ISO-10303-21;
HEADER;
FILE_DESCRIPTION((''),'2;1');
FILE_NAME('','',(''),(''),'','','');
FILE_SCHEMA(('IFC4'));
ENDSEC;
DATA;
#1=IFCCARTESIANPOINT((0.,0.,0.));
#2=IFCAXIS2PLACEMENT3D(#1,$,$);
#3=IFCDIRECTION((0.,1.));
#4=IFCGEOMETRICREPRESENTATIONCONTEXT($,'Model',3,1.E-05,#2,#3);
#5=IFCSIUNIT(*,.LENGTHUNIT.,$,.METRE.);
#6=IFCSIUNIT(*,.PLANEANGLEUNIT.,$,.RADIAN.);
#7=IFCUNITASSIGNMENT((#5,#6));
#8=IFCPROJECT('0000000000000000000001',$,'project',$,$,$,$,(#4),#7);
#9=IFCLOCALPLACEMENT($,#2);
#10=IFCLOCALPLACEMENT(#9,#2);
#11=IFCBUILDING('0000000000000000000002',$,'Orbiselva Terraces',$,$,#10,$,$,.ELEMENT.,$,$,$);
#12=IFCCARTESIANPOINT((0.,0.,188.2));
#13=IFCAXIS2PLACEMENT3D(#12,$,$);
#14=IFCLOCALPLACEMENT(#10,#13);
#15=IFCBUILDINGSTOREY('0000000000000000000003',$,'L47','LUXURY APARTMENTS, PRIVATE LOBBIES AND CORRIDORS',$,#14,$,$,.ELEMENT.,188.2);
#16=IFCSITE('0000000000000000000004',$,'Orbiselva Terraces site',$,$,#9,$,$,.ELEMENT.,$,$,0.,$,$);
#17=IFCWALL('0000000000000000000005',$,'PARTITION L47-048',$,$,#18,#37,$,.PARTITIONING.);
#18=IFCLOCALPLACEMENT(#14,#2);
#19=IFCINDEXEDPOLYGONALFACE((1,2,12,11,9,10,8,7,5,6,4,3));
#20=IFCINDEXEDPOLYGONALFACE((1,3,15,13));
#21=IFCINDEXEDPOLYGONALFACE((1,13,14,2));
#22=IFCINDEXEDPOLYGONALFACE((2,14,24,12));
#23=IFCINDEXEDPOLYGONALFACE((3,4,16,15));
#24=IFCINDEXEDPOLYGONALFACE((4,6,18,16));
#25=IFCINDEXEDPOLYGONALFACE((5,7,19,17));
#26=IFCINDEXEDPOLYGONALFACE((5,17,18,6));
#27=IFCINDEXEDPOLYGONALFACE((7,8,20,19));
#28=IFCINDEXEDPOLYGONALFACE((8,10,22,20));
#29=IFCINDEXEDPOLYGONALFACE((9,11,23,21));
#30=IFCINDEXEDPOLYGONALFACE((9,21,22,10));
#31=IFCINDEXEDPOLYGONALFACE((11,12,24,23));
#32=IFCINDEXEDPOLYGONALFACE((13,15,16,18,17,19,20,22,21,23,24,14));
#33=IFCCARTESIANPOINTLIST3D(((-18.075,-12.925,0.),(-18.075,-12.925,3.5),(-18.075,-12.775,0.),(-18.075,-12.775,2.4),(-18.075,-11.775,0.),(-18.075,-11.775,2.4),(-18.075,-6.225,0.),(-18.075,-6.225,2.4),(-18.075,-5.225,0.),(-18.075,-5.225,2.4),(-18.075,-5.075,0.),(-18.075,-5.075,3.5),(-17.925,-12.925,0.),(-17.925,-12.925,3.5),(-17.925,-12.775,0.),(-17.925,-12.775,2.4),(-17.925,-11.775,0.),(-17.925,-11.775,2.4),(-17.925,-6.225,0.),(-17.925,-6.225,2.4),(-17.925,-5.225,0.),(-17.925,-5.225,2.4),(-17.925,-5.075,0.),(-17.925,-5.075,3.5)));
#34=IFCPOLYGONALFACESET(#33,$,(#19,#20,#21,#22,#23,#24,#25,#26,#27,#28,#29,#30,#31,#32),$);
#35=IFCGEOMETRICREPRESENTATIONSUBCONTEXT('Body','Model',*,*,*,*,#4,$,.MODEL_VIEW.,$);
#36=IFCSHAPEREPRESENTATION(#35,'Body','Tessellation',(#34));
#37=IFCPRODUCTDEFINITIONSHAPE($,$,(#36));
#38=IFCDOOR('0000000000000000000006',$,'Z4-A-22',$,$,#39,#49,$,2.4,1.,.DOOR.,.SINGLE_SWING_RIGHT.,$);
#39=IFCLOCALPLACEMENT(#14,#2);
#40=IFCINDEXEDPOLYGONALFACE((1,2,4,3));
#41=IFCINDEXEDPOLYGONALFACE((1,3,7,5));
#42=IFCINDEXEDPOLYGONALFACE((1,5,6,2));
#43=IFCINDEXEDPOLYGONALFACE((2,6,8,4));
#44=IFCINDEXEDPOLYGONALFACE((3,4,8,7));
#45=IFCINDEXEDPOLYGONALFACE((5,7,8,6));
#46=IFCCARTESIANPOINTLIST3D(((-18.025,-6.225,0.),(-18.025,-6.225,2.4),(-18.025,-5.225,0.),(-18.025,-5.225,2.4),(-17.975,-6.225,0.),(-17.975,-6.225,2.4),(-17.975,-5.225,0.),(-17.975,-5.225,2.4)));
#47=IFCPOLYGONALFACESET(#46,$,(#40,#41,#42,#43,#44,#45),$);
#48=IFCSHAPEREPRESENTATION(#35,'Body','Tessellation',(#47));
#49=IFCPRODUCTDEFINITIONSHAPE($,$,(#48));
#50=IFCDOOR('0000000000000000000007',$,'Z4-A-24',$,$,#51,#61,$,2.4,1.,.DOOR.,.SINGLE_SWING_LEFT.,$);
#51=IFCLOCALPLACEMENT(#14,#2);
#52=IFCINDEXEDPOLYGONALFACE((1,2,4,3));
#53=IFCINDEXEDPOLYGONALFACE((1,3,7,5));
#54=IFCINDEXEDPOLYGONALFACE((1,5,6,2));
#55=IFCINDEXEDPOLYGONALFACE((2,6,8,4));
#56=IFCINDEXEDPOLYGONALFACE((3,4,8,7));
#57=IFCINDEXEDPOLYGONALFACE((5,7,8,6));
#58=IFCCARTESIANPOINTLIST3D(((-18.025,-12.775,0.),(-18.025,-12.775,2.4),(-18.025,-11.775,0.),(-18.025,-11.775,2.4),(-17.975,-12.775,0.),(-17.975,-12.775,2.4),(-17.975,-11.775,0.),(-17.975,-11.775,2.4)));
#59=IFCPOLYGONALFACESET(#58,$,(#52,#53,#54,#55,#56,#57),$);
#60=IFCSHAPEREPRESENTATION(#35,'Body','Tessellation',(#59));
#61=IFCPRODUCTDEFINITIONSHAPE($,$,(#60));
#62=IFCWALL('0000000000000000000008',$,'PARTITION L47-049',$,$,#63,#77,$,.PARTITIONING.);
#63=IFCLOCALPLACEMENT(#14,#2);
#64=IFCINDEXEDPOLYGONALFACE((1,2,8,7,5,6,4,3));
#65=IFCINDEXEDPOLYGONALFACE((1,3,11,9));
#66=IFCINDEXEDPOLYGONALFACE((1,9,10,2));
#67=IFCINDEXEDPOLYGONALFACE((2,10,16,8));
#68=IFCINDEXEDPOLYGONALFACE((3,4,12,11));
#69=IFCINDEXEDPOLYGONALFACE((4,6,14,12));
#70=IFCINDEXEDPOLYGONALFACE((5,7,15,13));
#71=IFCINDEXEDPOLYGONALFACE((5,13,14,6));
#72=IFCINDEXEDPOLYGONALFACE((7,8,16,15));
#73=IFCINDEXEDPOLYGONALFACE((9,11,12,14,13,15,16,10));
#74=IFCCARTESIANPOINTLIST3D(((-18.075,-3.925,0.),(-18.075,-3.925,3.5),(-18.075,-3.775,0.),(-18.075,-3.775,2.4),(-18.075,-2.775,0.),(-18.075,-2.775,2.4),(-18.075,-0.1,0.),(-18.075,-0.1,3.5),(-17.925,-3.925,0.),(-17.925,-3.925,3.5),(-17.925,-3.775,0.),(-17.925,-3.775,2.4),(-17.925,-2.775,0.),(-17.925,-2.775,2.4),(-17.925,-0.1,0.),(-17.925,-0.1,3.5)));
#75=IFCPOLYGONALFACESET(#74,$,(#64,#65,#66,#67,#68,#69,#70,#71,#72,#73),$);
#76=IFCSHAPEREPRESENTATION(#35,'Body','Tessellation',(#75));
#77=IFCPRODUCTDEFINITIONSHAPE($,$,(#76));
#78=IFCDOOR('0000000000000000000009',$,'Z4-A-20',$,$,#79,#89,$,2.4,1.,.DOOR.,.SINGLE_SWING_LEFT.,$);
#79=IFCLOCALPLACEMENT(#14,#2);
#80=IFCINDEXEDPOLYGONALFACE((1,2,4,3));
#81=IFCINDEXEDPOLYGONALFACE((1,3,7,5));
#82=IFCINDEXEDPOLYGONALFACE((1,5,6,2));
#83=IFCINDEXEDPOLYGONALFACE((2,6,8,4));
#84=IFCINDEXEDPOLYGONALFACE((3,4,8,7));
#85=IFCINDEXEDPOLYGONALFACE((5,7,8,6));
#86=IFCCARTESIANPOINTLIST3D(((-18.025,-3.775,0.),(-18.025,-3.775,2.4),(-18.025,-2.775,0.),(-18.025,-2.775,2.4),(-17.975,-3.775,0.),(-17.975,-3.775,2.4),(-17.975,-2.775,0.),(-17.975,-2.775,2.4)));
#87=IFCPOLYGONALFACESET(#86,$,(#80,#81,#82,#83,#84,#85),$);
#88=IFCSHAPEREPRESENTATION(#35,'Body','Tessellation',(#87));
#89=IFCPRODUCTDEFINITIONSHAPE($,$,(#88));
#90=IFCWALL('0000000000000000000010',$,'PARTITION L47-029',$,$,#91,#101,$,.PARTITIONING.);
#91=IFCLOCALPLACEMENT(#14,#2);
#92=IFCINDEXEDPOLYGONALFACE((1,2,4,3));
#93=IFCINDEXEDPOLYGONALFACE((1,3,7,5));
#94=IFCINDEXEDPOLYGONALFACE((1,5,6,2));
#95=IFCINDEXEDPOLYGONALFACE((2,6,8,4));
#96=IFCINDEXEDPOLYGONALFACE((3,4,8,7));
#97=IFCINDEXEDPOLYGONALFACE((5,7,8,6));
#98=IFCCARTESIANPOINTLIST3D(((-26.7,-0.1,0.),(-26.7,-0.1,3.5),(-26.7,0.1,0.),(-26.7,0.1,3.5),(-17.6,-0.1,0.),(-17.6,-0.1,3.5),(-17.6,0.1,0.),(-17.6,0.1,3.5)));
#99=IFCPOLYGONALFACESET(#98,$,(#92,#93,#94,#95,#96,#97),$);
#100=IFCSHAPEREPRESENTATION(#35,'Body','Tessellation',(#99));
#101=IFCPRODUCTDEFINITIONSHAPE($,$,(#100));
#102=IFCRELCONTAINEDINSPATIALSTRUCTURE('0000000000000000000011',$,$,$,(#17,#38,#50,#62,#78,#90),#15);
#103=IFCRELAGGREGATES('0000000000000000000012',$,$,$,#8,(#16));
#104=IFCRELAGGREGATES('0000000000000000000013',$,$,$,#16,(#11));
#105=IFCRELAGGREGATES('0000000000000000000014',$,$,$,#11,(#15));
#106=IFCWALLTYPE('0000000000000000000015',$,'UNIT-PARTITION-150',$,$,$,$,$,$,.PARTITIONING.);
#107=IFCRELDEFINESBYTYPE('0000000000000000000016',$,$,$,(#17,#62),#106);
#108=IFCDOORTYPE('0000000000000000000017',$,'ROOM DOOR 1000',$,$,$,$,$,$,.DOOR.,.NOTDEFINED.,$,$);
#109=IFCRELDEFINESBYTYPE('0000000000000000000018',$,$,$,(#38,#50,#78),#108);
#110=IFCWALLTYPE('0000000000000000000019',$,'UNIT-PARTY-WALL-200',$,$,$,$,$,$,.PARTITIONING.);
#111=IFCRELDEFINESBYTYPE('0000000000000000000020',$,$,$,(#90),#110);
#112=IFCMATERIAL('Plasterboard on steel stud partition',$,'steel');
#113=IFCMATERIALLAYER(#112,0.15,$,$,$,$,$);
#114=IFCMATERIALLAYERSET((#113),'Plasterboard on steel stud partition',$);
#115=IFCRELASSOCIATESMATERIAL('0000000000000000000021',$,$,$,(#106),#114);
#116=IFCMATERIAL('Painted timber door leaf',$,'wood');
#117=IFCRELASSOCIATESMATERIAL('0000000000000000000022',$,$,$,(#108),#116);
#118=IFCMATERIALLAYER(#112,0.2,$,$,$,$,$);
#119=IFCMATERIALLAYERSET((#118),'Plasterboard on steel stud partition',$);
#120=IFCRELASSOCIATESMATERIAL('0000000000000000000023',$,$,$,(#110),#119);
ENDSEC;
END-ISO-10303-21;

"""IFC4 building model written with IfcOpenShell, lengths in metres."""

from ifc_helpers import new_model, si_unit, direction, frame, frame_2d, origin, place, context, subcontext, project, spatial, rectangle, extrude, material, layer, layer_set, type_object, element, fill, save


model = new_model("IFC4")

# Units and contexts
model_context = context("Model", 3, precision=1e-05, world=origin(), true_north=direction((0.0, 1.0)))
body_context = subcontext(model_context, "Body", "Model", "MODEL_VIEW")
ifc_project = project(units=[si_unit("LENGTHUNIT", "METRE"), si_unit("PLANEANGLEUNIT", "RADIAN")], contexts=[model_context])

# Site, building, storey
site_placement = place(None, origin())
site = spatial("IfcSite", under=ifc_project, at=site_placement, Name="Orbiselva Terraces site", CompositionType="ELEMENT", RefElevation=0.0)
building_placement = place(site_placement, origin())
building = spatial("IfcBuilding", under=site, at=building_placement, Name="Orbiselva Terraces", CompositionType="ELEMENT")
storey_placement = place(building_placement, frame((0.0, 0.0, 188.2)))
storey = spatial("IfcBuildingStorey", under=building, at=storey_placement, Name="L47", Description="LUXURY APARTMENTS, PRIVATE LOBBIES AND CORRIDORS", CompositionType="ELEMENT", Elevation=188.2)

# Shared definitions
ifc_material_1 = material(Name="Plasterboard on steel stud partition", Category="steel")
ifc_layer_1 = layer(ifc_material_1, 0.15)
ifc_layer_set_1 = layer_set([ifc_layer_1], Name="Plasterboard on steel stud partition")
wall_type_1 = type_object("IfcWallType", Name="UNIT-PARTITION-150", PredefinedType="PARTITIONING", material=ifc_layer_set_1)

# Shared definitions
ifc_material_2 = material(Name="Painted timber door leaf", Category="wood")

# Wall, openings, doors
wall_1_placement = place(storey_placement, frame((-18.0, -12.925, 0.0), z_axis=(0.0, 0.0, 1.0), x_axis=(0.0, 1.0, 0.0)))
wall_1 = element("IfcWall", 1, at=wall_1_placement, inside=storey, type_object=wall_type_1, Name="PARTITION L47-048", PredefinedType="PARTITIONING", context=body_context, shape_type="SweptSolid", body=[
    extrude(rectangle(XDim=7.85, YDim=0.15, at=frame_2d((3.925, 0.0))), origin(), (0.0, 0.0, 1.0), 3.5),
])
opening_1_placement = place(wall_1_placement, frame((6.7, 0.0, 0.0)))
opening_1 = element("IfcOpeningElement", 2, at=opening_1_placement, cuts=wall_1, PredefinedType="OPENING", context=body_context, shape_type="SweptSolid", body=[
    extrude(rectangle(XDim=1.0, YDim=2.4, at=frame_2d((0.5, 1.2))), frame((0.0, 0.085, 0.0), z_axis=(0.0, -1.0, 0.0), x_axis=(1.0, 0.0, 0.0)), (0.0, 0.0, 1.0), 0.17),
])
opening_2_placement = place(wall_1_placement, frame((0.15, 0.0, 0.0)))
opening_2 = element("IfcOpeningElement", 3, at=opening_2_placement, cuts=wall_1, PredefinedType="OPENING", context=body_context, shape_type="SweptSolid", body=[
    extrude(rectangle(XDim=1.0, YDim=2.4, at=frame_2d((0.5, 1.2))), frame((0.0, 0.085, 0.0), z_axis=(0.0, -1.0, 0.0), x_axis=(1.0, 0.0, 0.0)), (0.0, 0.0, 1.0), 0.17),
])
door_type_1 = type_object("IfcDoorType", Name="ROOM DOOR 1000", OperationType="NOTDEFINED", PredefinedType="DOOR", material=ifc_material_2)
door_1_placement = place(opening_1_placement, origin())
door_1 = element("IfcDoor", 4, at=door_1_placement, inside=storey, type_object=door_type_1, Name="Z4-A-22", OperationType="SINGLE_SWING_RIGHT", OverallHeight=2.4, OverallWidth=1.0, PredefinedType="DOOR", context=body_context, shape_type="SweptSolid", body=[
    extrude(rectangle(XDim=1.0, YDim=2.4, at=frame_2d((0.5, 1.2))), frame((0.0, 0.025, 0.0), z_axis=(0.0, -1.0, 0.0), x_axis=(1.0, 0.0, 0.0)), (0.0, 0.0, 1.0), 0.05),
])
fill(opening_1, door_1)
door_2_placement = place(opening_2_placement, origin())
door_2 = element("IfcDoor", 5, at=door_2_placement, inside=storey, type_object=door_type_1, Name="Z4-A-24", OperationType="SINGLE_SWING_LEFT", OverallHeight=2.4, OverallWidth=1.0, PredefinedType="DOOR", context=body_context, shape_type="SweptSolid", body=[
    extrude(rectangle(XDim=1.0, YDim=2.4, at=frame_2d((0.5, 1.2))), frame((0.0, 0.025, 0.0), z_axis=(0.0, -1.0, 0.0), x_axis=(1.0, 0.0, 0.0)), (0.0, 0.0, 1.0), 0.05),
])
fill(opening_2, door_2)

# Wall, opening, door
wall_2_placement = place(storey_placement, frame((-18.0, -3.925, 0.0), z_axis=(0.0, 0.0, 1.0), x_axis=(0.0, 1.0, 0.0)))
wall_2 = element("IfcWall", 6, at=wall_2_placement, inside=storey, type_object=wall_type_1, Name="PARTITION L47-049", PredefinedType="PARTITIONING", context=body_context, shape_type="SweptSolid", body=[
    extrude(rectangle(XDim=3.825, YDim=0.15, at=frame_2d((1.9125, 0.0))), origin(), (0.0, 0.0, 1.0), 3.5),
])
opening_3_placement = place(wall_2_placement, frame((0.15, 0.0, 0.0)))
opening_3 = element("IfcOpeningElement", 7, at=opening_3_placement, cuts=wall_2, PredefinedType="OPENING", context=body_context, shape_type="SweptSolid", body=[
    extrude(rectangle(XDim=1.0, YDim=2.4, at=frame_2d((0.5, 1.2))), frame((0.0, 0.085, 0.0), z_axis=(0.0, -1.0, 0.0), x_axis=(1.0, 0.0, 0.0)), (0.0, 0.0, 1.0), 0.17),
])
door_3_placement = place(opening_3_placement, origin())
door_3 = element("IfcDoor", 8, at=door_3_placement, inside=storey, type_object=door_type_1, Name="Z4-A-20", OperationType="SINGLE_SWING_LEFT", OverallHeight=2.4, OverallWidth=1.0, PredefinedType="DOOR", context=body_context, shape_type="SweptSolid", body=[
    extrude(rectangle(XDim=1.0, YDim=2.4, at=frame_2d((0.5, 1.2))), frame((0.0, 0.025, 0.0), z_axis=(0.0, -1.0, 0.0), x_axis=(1.0, 0.0, 0.0)), (0.0, 0.0, 1.0), 0.05),
])
fill(opening_3, door_3)

# Wall
ifc_layer_2 = layer(ifc_material_1, 0.2)
ifc_layer_set_2 = layer_set([ifc_layer_2], Name="Plasterboard on steel stud partition")
wall_type_2 = type_object("IfcWallType", Name="UNIT-PARTY-WALL-200", PredefinedType="PARTITIONING", material=ifc_layer_set_2)
wall_3_placement = place(storey_placement, frame((-26.7, 0.0, 0.0), z_axis=(0.0, 0.0, 1.0), x_axis=(1.0, 0.0, 0.0)))
element("IfcWall", 9, at=wall_3_placement, inside=storey, type_object=wall_type_2, Name="PARTITION L47-029", PredefinedType="PARTITIONING", context=body_context, shape_type="SweptSolid", body=[
    extrude(rectangle(XDim=9.1, YDim=0.2, at=frame_2d((4.55, 0.0))), origin(), (0.0, 0.0, 1.0), 3.5),
])

save(model, "model.ifc")
